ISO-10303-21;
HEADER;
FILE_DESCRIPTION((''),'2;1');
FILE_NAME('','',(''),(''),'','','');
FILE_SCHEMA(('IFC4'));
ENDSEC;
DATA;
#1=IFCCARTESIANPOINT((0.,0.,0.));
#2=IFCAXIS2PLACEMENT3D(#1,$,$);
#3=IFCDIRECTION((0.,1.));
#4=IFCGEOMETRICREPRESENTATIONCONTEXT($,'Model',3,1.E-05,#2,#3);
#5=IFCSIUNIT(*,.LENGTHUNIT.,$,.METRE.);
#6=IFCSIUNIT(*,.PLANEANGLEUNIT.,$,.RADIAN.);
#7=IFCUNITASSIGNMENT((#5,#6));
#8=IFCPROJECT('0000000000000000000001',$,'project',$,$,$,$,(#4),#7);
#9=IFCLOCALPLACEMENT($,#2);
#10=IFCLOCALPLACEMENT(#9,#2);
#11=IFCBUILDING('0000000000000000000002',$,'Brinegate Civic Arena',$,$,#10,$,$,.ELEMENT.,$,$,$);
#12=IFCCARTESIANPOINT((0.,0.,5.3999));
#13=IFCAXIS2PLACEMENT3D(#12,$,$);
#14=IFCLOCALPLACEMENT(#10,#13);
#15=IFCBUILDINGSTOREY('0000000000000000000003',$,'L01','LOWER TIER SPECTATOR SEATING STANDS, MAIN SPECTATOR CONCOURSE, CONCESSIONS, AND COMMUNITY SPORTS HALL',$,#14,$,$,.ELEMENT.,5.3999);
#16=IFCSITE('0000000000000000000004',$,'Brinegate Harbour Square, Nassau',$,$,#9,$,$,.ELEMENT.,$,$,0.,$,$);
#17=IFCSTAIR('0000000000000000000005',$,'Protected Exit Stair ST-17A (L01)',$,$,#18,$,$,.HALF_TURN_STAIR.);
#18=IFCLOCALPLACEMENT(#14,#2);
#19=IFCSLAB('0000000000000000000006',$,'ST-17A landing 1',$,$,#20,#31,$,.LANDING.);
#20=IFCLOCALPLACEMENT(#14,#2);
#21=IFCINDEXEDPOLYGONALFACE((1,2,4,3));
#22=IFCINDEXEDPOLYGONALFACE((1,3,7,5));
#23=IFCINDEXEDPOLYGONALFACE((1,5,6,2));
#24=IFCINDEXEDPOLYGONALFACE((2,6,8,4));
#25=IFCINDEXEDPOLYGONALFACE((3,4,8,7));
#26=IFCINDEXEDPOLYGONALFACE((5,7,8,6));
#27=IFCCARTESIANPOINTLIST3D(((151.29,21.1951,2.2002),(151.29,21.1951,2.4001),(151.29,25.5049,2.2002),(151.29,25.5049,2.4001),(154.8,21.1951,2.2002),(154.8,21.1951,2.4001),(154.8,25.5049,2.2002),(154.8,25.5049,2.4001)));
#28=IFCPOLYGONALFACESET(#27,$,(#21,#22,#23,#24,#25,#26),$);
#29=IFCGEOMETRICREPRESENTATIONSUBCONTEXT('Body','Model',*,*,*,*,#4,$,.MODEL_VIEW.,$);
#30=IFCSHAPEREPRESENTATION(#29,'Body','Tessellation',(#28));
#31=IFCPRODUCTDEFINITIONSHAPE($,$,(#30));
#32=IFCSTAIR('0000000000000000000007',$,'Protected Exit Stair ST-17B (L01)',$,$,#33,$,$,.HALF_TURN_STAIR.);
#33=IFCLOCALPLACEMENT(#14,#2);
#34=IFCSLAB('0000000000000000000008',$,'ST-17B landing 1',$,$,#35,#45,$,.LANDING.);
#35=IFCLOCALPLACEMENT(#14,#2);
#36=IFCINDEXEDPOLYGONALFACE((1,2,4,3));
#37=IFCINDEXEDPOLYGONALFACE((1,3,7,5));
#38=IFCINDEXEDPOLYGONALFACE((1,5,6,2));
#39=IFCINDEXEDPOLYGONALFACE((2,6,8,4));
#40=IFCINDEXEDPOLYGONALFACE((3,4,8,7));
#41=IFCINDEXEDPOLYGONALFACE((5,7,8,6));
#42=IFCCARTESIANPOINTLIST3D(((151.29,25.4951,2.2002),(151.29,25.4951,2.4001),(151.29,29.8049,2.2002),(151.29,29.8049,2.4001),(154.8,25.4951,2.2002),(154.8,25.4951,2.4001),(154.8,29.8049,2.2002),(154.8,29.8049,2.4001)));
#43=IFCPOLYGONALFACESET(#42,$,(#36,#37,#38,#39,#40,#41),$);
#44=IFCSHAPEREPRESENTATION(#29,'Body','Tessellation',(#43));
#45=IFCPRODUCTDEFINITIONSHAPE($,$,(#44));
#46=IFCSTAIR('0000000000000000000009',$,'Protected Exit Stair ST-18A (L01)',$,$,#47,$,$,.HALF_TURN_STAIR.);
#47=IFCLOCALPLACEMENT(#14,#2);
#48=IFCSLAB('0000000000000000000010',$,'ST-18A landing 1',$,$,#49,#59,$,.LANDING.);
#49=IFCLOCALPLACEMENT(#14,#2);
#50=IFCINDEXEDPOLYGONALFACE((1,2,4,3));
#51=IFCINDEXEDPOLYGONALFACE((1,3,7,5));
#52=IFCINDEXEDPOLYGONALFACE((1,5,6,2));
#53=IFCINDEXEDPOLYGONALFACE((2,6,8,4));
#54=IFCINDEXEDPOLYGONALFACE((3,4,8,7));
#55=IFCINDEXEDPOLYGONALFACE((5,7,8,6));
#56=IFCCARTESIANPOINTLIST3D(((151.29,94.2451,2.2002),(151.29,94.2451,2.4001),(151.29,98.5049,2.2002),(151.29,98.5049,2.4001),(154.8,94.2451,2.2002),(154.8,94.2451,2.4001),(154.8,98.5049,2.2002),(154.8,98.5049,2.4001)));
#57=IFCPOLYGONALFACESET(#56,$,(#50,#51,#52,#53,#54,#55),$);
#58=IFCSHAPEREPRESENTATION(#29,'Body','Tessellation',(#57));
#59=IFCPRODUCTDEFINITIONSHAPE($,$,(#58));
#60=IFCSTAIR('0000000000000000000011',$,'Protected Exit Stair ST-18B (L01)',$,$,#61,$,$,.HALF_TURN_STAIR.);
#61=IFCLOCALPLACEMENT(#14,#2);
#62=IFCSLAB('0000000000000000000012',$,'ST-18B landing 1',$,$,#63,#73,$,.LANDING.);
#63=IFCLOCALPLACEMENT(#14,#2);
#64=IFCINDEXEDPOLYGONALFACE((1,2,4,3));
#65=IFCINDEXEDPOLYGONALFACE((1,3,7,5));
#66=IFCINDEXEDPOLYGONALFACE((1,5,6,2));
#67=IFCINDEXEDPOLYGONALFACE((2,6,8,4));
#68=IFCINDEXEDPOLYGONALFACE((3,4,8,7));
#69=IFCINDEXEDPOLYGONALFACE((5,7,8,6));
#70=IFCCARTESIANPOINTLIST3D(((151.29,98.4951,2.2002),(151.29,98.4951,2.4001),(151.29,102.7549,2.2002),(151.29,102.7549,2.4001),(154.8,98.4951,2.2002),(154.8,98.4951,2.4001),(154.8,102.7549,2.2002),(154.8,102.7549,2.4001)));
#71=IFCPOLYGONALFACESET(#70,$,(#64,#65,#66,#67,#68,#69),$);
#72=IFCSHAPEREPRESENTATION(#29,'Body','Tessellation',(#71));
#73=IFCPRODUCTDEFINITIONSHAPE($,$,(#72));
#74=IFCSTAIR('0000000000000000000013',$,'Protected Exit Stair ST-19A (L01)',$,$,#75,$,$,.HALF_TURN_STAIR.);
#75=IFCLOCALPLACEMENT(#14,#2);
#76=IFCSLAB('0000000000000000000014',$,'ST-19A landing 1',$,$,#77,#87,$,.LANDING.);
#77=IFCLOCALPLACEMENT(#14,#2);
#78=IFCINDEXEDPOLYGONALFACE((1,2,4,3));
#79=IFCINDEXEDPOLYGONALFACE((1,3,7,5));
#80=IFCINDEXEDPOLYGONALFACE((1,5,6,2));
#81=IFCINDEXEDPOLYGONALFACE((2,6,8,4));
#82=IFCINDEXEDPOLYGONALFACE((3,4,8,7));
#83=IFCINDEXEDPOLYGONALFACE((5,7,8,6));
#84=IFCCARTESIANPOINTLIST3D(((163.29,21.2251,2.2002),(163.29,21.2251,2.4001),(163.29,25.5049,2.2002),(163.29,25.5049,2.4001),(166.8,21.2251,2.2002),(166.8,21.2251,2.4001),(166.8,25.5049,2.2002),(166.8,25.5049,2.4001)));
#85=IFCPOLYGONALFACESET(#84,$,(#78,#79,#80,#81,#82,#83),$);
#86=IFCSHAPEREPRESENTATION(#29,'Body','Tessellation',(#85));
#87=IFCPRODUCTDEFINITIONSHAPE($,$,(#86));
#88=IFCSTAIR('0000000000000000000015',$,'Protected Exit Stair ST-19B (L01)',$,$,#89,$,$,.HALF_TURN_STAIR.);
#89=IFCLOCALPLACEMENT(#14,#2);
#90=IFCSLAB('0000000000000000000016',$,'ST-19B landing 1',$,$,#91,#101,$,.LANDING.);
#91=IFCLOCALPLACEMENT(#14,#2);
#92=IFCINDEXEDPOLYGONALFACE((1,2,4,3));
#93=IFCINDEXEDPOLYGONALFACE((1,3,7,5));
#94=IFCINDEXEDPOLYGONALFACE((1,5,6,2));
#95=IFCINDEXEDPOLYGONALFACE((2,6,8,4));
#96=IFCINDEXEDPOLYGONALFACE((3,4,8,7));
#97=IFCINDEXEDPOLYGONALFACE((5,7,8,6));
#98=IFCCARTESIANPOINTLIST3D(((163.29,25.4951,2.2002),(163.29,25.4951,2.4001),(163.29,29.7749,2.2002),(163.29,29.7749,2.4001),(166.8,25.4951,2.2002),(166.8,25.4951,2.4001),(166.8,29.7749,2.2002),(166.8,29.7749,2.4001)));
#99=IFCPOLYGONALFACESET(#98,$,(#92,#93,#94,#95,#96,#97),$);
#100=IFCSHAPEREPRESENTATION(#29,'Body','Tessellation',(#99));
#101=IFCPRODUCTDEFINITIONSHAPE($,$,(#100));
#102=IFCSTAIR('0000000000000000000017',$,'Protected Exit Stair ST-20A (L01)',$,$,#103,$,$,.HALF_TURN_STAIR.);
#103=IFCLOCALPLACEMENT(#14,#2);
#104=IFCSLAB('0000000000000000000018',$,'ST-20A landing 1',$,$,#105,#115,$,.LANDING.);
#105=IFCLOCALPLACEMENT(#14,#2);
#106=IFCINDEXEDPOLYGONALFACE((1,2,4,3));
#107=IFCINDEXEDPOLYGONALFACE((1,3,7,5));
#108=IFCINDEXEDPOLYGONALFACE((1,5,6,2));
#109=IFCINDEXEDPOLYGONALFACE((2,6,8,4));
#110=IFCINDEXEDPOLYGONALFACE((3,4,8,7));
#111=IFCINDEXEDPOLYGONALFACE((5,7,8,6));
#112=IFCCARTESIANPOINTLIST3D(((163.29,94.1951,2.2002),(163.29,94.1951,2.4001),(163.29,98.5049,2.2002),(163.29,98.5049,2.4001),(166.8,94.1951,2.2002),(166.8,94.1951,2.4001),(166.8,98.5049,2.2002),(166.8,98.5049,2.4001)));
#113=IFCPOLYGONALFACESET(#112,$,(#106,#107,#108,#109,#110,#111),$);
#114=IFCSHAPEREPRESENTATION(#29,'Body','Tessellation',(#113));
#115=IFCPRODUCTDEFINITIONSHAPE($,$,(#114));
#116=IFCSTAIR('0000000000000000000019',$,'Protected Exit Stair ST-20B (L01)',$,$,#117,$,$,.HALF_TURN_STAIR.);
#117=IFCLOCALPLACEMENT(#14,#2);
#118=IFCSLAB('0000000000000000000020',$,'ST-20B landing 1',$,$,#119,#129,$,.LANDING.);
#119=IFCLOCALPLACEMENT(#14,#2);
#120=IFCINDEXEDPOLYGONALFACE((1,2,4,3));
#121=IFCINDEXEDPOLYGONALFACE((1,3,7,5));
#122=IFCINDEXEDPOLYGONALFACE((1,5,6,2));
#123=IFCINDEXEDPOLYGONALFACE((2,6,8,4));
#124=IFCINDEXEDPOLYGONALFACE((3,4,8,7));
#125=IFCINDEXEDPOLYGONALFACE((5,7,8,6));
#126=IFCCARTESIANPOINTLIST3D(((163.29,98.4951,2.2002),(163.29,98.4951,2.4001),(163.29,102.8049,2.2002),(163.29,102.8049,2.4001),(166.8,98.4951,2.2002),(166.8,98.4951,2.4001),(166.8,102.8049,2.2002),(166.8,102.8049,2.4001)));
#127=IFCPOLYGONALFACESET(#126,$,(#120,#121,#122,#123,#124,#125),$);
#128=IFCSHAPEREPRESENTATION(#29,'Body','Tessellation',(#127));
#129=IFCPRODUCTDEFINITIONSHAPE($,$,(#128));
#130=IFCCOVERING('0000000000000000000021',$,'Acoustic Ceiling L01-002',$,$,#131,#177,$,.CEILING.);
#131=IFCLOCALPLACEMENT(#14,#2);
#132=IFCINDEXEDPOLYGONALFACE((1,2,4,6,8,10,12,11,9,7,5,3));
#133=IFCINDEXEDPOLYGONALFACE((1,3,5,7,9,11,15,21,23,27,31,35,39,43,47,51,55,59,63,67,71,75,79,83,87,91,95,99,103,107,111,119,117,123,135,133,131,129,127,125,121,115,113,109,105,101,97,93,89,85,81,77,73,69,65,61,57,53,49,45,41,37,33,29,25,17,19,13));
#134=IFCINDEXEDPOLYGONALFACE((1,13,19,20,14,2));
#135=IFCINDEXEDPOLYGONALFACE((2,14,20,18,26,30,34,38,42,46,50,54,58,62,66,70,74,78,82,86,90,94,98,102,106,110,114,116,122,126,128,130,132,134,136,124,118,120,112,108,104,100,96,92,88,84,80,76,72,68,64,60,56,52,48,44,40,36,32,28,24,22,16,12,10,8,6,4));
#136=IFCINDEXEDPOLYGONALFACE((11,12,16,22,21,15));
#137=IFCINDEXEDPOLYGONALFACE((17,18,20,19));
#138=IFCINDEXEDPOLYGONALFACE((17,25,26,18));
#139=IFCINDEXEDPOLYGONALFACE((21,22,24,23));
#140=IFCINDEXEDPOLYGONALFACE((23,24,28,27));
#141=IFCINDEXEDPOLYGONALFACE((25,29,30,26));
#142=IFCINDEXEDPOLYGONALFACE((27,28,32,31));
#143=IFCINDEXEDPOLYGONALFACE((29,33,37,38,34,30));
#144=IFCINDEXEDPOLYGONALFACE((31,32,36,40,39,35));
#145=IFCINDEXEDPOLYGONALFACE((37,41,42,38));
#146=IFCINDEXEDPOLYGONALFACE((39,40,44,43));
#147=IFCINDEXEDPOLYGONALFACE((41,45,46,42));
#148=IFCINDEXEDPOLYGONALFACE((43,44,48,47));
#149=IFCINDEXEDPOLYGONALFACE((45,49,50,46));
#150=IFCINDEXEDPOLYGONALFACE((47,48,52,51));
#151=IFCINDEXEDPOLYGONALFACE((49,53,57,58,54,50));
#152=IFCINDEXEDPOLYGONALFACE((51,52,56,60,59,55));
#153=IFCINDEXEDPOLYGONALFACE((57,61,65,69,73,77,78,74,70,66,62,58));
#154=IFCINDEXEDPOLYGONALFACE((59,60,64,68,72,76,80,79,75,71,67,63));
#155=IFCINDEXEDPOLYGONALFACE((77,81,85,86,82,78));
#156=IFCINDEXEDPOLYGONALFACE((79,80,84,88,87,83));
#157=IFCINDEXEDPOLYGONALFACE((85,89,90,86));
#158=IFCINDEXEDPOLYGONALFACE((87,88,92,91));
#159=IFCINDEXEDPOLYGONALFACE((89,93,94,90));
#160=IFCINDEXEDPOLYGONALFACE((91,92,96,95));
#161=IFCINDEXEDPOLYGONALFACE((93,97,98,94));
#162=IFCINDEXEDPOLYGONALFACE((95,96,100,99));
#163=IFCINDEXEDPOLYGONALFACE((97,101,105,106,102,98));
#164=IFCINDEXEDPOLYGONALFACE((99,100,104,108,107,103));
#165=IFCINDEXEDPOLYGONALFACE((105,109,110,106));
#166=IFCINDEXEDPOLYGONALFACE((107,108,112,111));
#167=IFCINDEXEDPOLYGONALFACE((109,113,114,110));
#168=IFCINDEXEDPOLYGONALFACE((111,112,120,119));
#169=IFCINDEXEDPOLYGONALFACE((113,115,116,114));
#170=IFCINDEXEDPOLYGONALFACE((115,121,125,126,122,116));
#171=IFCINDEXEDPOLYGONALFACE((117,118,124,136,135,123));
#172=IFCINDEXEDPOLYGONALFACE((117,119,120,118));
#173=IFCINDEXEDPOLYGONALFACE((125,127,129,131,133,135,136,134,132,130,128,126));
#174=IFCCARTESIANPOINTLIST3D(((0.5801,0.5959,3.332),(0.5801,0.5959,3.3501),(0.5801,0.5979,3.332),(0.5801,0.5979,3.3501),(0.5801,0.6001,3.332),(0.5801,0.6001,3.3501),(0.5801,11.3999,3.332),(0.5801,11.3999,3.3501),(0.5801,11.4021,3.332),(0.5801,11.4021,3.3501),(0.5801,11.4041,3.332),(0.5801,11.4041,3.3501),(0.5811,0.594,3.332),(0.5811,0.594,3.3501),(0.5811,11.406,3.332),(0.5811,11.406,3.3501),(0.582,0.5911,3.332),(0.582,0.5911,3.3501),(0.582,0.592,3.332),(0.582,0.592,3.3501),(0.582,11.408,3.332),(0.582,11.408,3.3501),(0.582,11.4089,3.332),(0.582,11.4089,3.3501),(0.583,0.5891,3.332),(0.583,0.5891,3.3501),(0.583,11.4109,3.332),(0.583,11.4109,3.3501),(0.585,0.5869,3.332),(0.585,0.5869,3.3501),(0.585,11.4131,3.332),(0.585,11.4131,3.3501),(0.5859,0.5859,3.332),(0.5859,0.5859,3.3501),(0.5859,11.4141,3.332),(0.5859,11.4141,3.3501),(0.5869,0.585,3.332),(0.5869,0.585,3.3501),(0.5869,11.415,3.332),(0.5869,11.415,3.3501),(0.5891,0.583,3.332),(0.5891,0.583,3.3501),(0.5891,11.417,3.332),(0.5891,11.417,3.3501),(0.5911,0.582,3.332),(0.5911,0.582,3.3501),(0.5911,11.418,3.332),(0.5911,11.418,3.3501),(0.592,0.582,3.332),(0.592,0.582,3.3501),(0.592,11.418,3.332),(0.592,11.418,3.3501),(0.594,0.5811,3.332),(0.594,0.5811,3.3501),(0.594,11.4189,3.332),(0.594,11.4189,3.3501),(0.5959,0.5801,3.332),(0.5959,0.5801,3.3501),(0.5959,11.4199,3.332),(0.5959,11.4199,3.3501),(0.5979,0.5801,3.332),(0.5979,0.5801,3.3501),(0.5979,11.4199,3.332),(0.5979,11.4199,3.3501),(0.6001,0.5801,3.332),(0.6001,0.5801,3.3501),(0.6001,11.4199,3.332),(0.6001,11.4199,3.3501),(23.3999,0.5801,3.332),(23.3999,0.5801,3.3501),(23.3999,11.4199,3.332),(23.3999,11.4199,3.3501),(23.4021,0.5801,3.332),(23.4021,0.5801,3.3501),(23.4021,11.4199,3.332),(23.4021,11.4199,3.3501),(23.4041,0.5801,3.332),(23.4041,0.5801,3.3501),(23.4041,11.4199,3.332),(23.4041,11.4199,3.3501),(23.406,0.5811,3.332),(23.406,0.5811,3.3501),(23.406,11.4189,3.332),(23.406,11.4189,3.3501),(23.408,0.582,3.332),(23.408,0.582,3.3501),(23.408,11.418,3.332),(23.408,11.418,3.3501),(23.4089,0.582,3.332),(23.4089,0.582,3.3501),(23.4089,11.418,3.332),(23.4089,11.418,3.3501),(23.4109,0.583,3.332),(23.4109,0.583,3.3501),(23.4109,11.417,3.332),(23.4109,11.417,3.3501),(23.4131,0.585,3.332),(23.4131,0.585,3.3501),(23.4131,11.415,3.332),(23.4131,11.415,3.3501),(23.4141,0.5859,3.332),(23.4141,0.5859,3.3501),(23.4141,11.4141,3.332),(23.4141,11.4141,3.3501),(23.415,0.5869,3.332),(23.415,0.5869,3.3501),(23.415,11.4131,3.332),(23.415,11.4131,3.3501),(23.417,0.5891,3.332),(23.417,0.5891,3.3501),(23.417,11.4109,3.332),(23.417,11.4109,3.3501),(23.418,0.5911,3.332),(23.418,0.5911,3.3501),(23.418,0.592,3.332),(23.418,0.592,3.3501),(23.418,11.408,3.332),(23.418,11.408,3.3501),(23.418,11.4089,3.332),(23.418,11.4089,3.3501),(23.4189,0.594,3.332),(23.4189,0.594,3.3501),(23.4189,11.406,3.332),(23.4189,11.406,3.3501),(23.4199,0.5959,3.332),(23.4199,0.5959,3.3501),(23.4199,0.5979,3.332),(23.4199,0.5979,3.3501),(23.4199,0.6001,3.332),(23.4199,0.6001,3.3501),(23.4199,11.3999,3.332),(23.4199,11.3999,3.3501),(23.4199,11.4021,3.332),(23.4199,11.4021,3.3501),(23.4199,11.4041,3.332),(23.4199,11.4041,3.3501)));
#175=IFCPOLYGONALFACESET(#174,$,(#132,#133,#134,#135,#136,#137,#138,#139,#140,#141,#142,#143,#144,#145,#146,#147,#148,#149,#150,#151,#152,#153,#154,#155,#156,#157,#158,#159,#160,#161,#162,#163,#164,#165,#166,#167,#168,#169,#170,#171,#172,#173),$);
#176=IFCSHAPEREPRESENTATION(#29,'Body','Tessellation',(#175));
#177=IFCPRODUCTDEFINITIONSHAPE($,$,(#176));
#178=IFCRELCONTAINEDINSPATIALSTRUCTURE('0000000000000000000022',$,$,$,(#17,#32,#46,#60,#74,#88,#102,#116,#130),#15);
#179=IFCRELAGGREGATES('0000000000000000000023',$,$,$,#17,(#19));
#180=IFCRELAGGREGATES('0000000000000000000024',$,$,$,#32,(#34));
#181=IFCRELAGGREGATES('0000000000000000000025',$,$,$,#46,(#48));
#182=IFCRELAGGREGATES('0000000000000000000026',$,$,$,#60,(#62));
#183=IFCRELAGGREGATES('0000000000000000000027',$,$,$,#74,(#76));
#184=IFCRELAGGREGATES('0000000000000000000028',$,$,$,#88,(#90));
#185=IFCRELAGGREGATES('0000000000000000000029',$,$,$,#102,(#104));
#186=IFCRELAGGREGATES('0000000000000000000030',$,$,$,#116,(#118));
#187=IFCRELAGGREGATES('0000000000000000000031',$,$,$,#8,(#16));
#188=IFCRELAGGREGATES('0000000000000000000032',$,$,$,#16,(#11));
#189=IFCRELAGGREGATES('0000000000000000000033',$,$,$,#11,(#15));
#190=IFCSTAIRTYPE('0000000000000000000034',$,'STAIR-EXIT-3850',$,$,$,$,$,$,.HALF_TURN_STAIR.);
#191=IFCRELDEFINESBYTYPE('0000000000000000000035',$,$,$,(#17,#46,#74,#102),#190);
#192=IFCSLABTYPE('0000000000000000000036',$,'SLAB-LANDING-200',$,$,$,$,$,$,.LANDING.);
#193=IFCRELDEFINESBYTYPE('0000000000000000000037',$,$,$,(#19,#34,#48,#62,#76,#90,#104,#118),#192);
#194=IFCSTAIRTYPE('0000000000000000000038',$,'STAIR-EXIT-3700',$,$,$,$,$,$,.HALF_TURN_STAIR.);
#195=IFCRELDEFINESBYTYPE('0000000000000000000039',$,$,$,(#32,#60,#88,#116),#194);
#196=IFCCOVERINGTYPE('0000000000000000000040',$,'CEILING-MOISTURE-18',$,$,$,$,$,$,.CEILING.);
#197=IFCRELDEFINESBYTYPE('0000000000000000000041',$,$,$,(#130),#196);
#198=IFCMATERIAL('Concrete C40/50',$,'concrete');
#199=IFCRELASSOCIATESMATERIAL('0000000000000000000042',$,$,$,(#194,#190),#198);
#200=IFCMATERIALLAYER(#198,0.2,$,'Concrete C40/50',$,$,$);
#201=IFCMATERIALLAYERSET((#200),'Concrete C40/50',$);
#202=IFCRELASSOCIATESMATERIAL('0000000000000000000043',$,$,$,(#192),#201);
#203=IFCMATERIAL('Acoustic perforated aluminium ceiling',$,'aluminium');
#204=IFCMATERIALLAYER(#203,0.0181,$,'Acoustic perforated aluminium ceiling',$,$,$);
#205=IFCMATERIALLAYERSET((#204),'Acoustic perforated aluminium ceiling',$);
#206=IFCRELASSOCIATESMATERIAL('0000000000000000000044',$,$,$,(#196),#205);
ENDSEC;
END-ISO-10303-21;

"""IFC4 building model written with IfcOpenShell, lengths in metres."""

from ifc_helpers import new_model, si_unit, direction, frame, origin, place, context, subcontext, project, spatial, polyline, outline, extrude, material, layer, layer_set, type_object, element, aggregate, save


model = new_model("IFC4")

# Units and contexts
model_context = context("Model", 3, precision=1e-05, world=origin(), true_north=direction((0.0, 1.0)))
body_context = subcontext(model_context, "Body", "Model", "MODEL_VIEW")
ifc_project = project(units=[si_unit("LENGTHUNIT", "METRE"), si_unit("PLANEANGLEUNIT", "RADIAN")], contexts=[model_context])

# Site, building, storey
site_placement = place(None, origin())
site = spatial("IfcSite", under=ifc_project, at=site_placement, Name="Brinegate Harbour Square, Nassau", CompositionType="ELEMENT", RefElevation=0.0)
building_placement = place(site_placement, origin())
building = spatial("IfcBuilding", under=site, at=building_placement, Name="Brinegate Civic Arena", CompositionType="ELEMENT")
storey_placement = place(building_placement, frame((0.0, 0.0, 5.3999)))
storey = spatial("IfcBuildingStorey", under=building, at=storey_placement, Name="L01", Description="LOWER TIER SPECTATOR SEATING STANDS, MAIN SPECTATOR CONCOURSE, CONCESSIONS, AND COMMUNITY SPORTS HALL", CompositionType="ELEMENT", Elevation=5.3999)

# Stairs, slabs
ifc_material_1 = material(Name="Concrete C40/50", Category="concrete")
stair_type_1 = type_object("IfcStairType", Name="STAIR-EXIT-3700", PredefinedType="HALF_TURN_STAIR", material=ifc_material_1)
ifc_layer_1 = layer(ifc_material_1, 0.2, Name="Concrete C40/50")
ifc_layer_set_1 = layer_set([ifc_layer_1], Name="Concrete C40/50")
slab_type = type_object("IfcSlabType", Name="SLAB-LANDING-200", PredefinedType="LANDING", material=ifc_layer_set_1)
stair_type_2 = type_object("IfcStairType", Name="STAIR-EXIT-3850", PredefinedType="HALF_TURN_STAIR", material=ifc_material_1)
stair_1_placement = place(storey_placement, origin())
stair_1 = element("IfcStair", 1, at=stair_1_placement, inside=storey, type_object=stair_type_2, Name="Protected Exit Stair ST-17A (L01)", PredefinedType="HALF_TURN_STAIR")
slab_1_placement = place(storey_placement, frame((0.0, 0.0, 2.2002)))
slab_1 = element("IfcSlab", 2, at=slab_1_placement, type_object=slab_type, Name="ST-17A landing 1", PredefinedType="LANDING", context=body_context, shape_type="SweptSolid", body=[
    extrude(outline(polyline([(151.29, 21.1951), (154.8, 21.1951), (154.8, 25.5049), (151.29, 25.5049), (151.29, 21.1951)])), origin(), (0.0, 0.0, 1.0), 0.2),
])
aggregate(stair_1, [slab_1])
stair_2_placement = place(storey_placement, origin())
stair_2 = element("IfcStair", 3, at=stair_2_placement, inside=storey, type_object=stair_type_1, Name="Protected Exit Stair ST-17B (L01)", PredefinedType="HALF_TURN_STAIR")
slab_2_placement = place(storey_placement, frame((0.0, 0.0, 2.2002)))
slab_2 = element("IfcSlab", 4, at=slab_2_placement, type_object=slab_type, Name="ST-17B landing 1", PredefinedType="LANDING", context=body_context, shape_type="SweptSolid", body=[
    extrude(outline(polyline([(151.29, 25.4951), (154.8, 25.4951), (154.8, 29.8049), (151.29, 29.8049), (151.29, 25.4951)])), origin(), (0.0, 0.0, 1.0), 0.2),
])
aggregate(stair_2, [slab_2])
stair_3_placement = place(storey_placement, origin())
stair_3 = element("IfcStair", 5, at=stair_3_placement, inside=storey, type_object=stair_type_2, Name="Protected Exit Stair ST-18A (L01)", PredefinedType="HALF_TURN_STAIR")
slab_3_placement = place(storey_placement, frame((0.0, 0.0, 2.2002)))
slab_3 = element("IfcSlab", 6, at=slab_3_placement, type_object=slab_type, Name="ST-18A landing 1", PredefinedType="LANDING", context=body_context, shape_type="SweptSolid", body=[
    extrude(outline(polyline([(151.29, 94.2451), (154.8, 94.2451), (154.8, 98.5049), (151.29, 98.5049), (151.29, 94.2451)])), origin(), (0.0, 0.0, 1.0), 0.2),
])
aggregate(stair_3, [slab_3])
stair_4_placement = place(storey_placement, origin())
stair_4 = element("IfcStair", 7, at=stair_4_placement, inside=storey, type_object=stair_type_1, Name="Protected Exit Stair ST-18B (L01)", PredefinedType="HALF_TURN_STAIR")
slab_4_placement = place(storey_placement, frame((0.0, 0.0, 2.2002)))
slab_4 = element("IfcSlab", 8, at=slab_4_placement, type_object=slab_type, Name="ST-18B landing 1", PredefinedType="LANDING", context=body_context, shape_type="SweptSolid", body=[
    extrude(outline(polyline([(151.29, 98.4951), (154.8, 98.4951), (154.8, 102.7549), (151.29, 102.7549), (151.29, 98.4951)])), origin(), (0.0, 0.0, 1.0), 0.2),
])
aggregate(stair_4, [slab_4])
stair_5_placement = place(storey_placement, origin())
stair_5 = element("IfcStair", 9, at=stair_5_placement, inside=storey, type_object=stair_type_2, Name="Protected Exit Stair ST-19A (L01)", PredefinedType="HALF_TURN_STAIR")
slab_5_placement = place(storey_placement, frame((0.0, 0.0, 2.2002)))
slab_5 = element("IfcSlab", 10, at=slab_5_placement, type_object=slab_type, Name="ST-19A landing 1", PredefinedType="LANDING", context=body_context, shape_type="SweptSolid", body=[
    extrude(outline(polyline([(163.29, 21.2251), (166.8, 21.2251), (166.8, 25.5049), (163.29, 25.5049), (163.29, 21.2251)])), origin(), (0.0, 0.0, 1.0), 0.2),
])
aggregate(stair_5, [slab_5])
stair_6_placement = place(storey_placement, origin())
stair_6 = element("IfcStair", 11, at=stair_6_placement, inside=storey, type_object=stair_type_1, Name="Protected Exit Stair ST-19B (L01)", PredefinedType="HALF_TURN_STAIR")
slab_6_placement = place(storey_placement, frame((0.0, 0.0, 2.2002)))
slab_6 = element("IfcSlab", 12, at=slab_6_placement, type_object=slab_type, Name="ST-19B landing 1", PredefinedType="LANDING", context=body_context, shape_type="SweptSolid", body=[
    extrude(outline(polyline([(163.29, 25.4951), (166.8, 25.4951), (166.8, 29.7749), (163.29, 29.7749), (163.29, 25.4951)])), origin(), (0.0, 0.0, 1.0), 0.2),
])
aggregate(stair_6, [slab_6])
stair_7_placement = place(storey_placement, origin())
stair_7 = element("IfcStair", 13, at=stair_7_placement, inside=storey, type_object=stair_type_2, Name="Protected Exit Stair ST-20A (L01)", PredefinedType="HALF_TURN_STAIR")
slab_7_placement = place(storey_placement, frame((0.0, 0.0, 2.2002)))
slab_7 = element("IfcSlab", 14, at=slab_7_placement, type_object=slab_type, Name="ST-20A landing 1", PredefinedType="LANDING", context=body_context, shape_type="SweptSolid", body=[
    extrude(outline(polyline([(163.29, 94.1951), (166.8, 94.1951), (166.8, 98.5049), (163.29, 98.5049), (163.29, 94.1951)])), origin(), (0.0, 0.0, 1.0), 0.2),
])
aggregate(stair_7, [slab_7])
stair_8_placement = place(storey_placement, origin())
stair_8 = element("IfcStair", 15, at=stair_8_placement, inside=storey, type_object=stair_type_1, Name="Protected Exit Stair ST-20B (L01)", PredefinedType="HALF_TURN_STAIR")
slab_8_placement = place(storey_placement, frame((0.0, 0.0, 2.2002)))
slab_8 = element("IfcSlab", 16, at=slab_8_placement, type_object=slab_type, Name="ST-20B landing 1", PredefinedType="LANDING", context=body_context, shape_type="SweptSolid", body=[
    extrude(outline(polyline([(163.29, 98.4951), (166.8, 98.4951), (166.8, 102.8049), (163.29, 102.8049), (163.29, 98.4951)])), origin(), (0.0, 0.0, 1.0), 0.2),
])
aggregate(stair_8, [slab_8])

# Covering
ifc_material_2 = material(Name="Acoustic perforated aluminium ceiling", Category="aluminium")
ifc_layer_2 = layer(ifc_material_2, 0.0181, Name="Acoustic perforated aluminium ceiling")
ifc_layer_set_2 = layer_set([ifc_layer_2], Name="Acoustic perforated aluminium ceiling")
covering_type = type_object("IfcCoveringType", Name="CEILING-MOISTURE-18", PredefinedType="CEILING", material=ifc_layer_set_2)
covering_placement = place(storey_placement, frame((0.0, 0.0, 3.332)))
element("IfcCovering", 17, at=covering_placement, inside=storey, type_object=covering_type, Name="Acoustic Ceiling L01-002", PredefinedType="CEILING", context=body_context, shape_type="SweptSolid", body=[
    extrude(outline(polyline([(23.4021, 11.4199), (23.4041, 11.4199), (23.406, 11.4189), (23.408, 11.418), (23.4089, 11.418), (23.4109, 11.417), (23.4131, 11.415), (23.4141, 11.4141), (23.415, 11.4131), (23.417, 11.4109), (23.418, 11.4089), (23.418, 11.408), (23.4189, 11.406), (23.4199, 11.4041), (23.4199, 11.4021), (23.4199, 11.3999), (23.4199, 0.6001), (23.4199, 0.5979), (23.4199, 0.5959), (23.4189, 0.594), (23.418, 0.592), (23.418, 0.5911), (23.417, 0.5891), (23.415, 0.5869), (23.4141, 0.5859), (23.4131, 0.585), (23.4109, 0.583), (23.4089, 0.582), (23.408, 0.582), (23.406, 0.5811), (23.4041, 0.5801), (23.4021, 0.5801), (23.3999, 0.5801), (0.6001, 0.5801), (0.5979, 0.5801), (0.5959, 0.5801), (0.594, 0.5811), (0.592, 0.582), (0.5911, 0.582), (0.5891, 0.583), (0.5869, 0.585), (0.5859, 0.5859), (0.585, 0.5869), (0.583, 0.5891), (0.582, 0.5911), (0.582, 0.592), (0.5811, 0.594), (0.5801, 0.5959), (0.5801, 0.5979), (0.5801, 0.6001), (0.5801, 11.3999), (0.5801, 11.4021), (0.5801, 11.4041), (0.5811, 11.406), (0.582, 11.408), (0.582, 11.4089), (0.583, 11.4109), (0.585, 11.4131), (0.5859, 11.4141), (0.5869, 11.415), (0.5891, 11.417), (0.5911, 11.418), (0.592, 11.418), (0.594, 11.4189), (0.5959, 11.4199), (0.5979, 11.4199), (0.6001, 11.4199), (23.3999, 11.4199), (23.4021, 11.4199)])), origin(), (0.0, 0.0, 1.0), 0.0181),
])

save(model, "model.ifc")
